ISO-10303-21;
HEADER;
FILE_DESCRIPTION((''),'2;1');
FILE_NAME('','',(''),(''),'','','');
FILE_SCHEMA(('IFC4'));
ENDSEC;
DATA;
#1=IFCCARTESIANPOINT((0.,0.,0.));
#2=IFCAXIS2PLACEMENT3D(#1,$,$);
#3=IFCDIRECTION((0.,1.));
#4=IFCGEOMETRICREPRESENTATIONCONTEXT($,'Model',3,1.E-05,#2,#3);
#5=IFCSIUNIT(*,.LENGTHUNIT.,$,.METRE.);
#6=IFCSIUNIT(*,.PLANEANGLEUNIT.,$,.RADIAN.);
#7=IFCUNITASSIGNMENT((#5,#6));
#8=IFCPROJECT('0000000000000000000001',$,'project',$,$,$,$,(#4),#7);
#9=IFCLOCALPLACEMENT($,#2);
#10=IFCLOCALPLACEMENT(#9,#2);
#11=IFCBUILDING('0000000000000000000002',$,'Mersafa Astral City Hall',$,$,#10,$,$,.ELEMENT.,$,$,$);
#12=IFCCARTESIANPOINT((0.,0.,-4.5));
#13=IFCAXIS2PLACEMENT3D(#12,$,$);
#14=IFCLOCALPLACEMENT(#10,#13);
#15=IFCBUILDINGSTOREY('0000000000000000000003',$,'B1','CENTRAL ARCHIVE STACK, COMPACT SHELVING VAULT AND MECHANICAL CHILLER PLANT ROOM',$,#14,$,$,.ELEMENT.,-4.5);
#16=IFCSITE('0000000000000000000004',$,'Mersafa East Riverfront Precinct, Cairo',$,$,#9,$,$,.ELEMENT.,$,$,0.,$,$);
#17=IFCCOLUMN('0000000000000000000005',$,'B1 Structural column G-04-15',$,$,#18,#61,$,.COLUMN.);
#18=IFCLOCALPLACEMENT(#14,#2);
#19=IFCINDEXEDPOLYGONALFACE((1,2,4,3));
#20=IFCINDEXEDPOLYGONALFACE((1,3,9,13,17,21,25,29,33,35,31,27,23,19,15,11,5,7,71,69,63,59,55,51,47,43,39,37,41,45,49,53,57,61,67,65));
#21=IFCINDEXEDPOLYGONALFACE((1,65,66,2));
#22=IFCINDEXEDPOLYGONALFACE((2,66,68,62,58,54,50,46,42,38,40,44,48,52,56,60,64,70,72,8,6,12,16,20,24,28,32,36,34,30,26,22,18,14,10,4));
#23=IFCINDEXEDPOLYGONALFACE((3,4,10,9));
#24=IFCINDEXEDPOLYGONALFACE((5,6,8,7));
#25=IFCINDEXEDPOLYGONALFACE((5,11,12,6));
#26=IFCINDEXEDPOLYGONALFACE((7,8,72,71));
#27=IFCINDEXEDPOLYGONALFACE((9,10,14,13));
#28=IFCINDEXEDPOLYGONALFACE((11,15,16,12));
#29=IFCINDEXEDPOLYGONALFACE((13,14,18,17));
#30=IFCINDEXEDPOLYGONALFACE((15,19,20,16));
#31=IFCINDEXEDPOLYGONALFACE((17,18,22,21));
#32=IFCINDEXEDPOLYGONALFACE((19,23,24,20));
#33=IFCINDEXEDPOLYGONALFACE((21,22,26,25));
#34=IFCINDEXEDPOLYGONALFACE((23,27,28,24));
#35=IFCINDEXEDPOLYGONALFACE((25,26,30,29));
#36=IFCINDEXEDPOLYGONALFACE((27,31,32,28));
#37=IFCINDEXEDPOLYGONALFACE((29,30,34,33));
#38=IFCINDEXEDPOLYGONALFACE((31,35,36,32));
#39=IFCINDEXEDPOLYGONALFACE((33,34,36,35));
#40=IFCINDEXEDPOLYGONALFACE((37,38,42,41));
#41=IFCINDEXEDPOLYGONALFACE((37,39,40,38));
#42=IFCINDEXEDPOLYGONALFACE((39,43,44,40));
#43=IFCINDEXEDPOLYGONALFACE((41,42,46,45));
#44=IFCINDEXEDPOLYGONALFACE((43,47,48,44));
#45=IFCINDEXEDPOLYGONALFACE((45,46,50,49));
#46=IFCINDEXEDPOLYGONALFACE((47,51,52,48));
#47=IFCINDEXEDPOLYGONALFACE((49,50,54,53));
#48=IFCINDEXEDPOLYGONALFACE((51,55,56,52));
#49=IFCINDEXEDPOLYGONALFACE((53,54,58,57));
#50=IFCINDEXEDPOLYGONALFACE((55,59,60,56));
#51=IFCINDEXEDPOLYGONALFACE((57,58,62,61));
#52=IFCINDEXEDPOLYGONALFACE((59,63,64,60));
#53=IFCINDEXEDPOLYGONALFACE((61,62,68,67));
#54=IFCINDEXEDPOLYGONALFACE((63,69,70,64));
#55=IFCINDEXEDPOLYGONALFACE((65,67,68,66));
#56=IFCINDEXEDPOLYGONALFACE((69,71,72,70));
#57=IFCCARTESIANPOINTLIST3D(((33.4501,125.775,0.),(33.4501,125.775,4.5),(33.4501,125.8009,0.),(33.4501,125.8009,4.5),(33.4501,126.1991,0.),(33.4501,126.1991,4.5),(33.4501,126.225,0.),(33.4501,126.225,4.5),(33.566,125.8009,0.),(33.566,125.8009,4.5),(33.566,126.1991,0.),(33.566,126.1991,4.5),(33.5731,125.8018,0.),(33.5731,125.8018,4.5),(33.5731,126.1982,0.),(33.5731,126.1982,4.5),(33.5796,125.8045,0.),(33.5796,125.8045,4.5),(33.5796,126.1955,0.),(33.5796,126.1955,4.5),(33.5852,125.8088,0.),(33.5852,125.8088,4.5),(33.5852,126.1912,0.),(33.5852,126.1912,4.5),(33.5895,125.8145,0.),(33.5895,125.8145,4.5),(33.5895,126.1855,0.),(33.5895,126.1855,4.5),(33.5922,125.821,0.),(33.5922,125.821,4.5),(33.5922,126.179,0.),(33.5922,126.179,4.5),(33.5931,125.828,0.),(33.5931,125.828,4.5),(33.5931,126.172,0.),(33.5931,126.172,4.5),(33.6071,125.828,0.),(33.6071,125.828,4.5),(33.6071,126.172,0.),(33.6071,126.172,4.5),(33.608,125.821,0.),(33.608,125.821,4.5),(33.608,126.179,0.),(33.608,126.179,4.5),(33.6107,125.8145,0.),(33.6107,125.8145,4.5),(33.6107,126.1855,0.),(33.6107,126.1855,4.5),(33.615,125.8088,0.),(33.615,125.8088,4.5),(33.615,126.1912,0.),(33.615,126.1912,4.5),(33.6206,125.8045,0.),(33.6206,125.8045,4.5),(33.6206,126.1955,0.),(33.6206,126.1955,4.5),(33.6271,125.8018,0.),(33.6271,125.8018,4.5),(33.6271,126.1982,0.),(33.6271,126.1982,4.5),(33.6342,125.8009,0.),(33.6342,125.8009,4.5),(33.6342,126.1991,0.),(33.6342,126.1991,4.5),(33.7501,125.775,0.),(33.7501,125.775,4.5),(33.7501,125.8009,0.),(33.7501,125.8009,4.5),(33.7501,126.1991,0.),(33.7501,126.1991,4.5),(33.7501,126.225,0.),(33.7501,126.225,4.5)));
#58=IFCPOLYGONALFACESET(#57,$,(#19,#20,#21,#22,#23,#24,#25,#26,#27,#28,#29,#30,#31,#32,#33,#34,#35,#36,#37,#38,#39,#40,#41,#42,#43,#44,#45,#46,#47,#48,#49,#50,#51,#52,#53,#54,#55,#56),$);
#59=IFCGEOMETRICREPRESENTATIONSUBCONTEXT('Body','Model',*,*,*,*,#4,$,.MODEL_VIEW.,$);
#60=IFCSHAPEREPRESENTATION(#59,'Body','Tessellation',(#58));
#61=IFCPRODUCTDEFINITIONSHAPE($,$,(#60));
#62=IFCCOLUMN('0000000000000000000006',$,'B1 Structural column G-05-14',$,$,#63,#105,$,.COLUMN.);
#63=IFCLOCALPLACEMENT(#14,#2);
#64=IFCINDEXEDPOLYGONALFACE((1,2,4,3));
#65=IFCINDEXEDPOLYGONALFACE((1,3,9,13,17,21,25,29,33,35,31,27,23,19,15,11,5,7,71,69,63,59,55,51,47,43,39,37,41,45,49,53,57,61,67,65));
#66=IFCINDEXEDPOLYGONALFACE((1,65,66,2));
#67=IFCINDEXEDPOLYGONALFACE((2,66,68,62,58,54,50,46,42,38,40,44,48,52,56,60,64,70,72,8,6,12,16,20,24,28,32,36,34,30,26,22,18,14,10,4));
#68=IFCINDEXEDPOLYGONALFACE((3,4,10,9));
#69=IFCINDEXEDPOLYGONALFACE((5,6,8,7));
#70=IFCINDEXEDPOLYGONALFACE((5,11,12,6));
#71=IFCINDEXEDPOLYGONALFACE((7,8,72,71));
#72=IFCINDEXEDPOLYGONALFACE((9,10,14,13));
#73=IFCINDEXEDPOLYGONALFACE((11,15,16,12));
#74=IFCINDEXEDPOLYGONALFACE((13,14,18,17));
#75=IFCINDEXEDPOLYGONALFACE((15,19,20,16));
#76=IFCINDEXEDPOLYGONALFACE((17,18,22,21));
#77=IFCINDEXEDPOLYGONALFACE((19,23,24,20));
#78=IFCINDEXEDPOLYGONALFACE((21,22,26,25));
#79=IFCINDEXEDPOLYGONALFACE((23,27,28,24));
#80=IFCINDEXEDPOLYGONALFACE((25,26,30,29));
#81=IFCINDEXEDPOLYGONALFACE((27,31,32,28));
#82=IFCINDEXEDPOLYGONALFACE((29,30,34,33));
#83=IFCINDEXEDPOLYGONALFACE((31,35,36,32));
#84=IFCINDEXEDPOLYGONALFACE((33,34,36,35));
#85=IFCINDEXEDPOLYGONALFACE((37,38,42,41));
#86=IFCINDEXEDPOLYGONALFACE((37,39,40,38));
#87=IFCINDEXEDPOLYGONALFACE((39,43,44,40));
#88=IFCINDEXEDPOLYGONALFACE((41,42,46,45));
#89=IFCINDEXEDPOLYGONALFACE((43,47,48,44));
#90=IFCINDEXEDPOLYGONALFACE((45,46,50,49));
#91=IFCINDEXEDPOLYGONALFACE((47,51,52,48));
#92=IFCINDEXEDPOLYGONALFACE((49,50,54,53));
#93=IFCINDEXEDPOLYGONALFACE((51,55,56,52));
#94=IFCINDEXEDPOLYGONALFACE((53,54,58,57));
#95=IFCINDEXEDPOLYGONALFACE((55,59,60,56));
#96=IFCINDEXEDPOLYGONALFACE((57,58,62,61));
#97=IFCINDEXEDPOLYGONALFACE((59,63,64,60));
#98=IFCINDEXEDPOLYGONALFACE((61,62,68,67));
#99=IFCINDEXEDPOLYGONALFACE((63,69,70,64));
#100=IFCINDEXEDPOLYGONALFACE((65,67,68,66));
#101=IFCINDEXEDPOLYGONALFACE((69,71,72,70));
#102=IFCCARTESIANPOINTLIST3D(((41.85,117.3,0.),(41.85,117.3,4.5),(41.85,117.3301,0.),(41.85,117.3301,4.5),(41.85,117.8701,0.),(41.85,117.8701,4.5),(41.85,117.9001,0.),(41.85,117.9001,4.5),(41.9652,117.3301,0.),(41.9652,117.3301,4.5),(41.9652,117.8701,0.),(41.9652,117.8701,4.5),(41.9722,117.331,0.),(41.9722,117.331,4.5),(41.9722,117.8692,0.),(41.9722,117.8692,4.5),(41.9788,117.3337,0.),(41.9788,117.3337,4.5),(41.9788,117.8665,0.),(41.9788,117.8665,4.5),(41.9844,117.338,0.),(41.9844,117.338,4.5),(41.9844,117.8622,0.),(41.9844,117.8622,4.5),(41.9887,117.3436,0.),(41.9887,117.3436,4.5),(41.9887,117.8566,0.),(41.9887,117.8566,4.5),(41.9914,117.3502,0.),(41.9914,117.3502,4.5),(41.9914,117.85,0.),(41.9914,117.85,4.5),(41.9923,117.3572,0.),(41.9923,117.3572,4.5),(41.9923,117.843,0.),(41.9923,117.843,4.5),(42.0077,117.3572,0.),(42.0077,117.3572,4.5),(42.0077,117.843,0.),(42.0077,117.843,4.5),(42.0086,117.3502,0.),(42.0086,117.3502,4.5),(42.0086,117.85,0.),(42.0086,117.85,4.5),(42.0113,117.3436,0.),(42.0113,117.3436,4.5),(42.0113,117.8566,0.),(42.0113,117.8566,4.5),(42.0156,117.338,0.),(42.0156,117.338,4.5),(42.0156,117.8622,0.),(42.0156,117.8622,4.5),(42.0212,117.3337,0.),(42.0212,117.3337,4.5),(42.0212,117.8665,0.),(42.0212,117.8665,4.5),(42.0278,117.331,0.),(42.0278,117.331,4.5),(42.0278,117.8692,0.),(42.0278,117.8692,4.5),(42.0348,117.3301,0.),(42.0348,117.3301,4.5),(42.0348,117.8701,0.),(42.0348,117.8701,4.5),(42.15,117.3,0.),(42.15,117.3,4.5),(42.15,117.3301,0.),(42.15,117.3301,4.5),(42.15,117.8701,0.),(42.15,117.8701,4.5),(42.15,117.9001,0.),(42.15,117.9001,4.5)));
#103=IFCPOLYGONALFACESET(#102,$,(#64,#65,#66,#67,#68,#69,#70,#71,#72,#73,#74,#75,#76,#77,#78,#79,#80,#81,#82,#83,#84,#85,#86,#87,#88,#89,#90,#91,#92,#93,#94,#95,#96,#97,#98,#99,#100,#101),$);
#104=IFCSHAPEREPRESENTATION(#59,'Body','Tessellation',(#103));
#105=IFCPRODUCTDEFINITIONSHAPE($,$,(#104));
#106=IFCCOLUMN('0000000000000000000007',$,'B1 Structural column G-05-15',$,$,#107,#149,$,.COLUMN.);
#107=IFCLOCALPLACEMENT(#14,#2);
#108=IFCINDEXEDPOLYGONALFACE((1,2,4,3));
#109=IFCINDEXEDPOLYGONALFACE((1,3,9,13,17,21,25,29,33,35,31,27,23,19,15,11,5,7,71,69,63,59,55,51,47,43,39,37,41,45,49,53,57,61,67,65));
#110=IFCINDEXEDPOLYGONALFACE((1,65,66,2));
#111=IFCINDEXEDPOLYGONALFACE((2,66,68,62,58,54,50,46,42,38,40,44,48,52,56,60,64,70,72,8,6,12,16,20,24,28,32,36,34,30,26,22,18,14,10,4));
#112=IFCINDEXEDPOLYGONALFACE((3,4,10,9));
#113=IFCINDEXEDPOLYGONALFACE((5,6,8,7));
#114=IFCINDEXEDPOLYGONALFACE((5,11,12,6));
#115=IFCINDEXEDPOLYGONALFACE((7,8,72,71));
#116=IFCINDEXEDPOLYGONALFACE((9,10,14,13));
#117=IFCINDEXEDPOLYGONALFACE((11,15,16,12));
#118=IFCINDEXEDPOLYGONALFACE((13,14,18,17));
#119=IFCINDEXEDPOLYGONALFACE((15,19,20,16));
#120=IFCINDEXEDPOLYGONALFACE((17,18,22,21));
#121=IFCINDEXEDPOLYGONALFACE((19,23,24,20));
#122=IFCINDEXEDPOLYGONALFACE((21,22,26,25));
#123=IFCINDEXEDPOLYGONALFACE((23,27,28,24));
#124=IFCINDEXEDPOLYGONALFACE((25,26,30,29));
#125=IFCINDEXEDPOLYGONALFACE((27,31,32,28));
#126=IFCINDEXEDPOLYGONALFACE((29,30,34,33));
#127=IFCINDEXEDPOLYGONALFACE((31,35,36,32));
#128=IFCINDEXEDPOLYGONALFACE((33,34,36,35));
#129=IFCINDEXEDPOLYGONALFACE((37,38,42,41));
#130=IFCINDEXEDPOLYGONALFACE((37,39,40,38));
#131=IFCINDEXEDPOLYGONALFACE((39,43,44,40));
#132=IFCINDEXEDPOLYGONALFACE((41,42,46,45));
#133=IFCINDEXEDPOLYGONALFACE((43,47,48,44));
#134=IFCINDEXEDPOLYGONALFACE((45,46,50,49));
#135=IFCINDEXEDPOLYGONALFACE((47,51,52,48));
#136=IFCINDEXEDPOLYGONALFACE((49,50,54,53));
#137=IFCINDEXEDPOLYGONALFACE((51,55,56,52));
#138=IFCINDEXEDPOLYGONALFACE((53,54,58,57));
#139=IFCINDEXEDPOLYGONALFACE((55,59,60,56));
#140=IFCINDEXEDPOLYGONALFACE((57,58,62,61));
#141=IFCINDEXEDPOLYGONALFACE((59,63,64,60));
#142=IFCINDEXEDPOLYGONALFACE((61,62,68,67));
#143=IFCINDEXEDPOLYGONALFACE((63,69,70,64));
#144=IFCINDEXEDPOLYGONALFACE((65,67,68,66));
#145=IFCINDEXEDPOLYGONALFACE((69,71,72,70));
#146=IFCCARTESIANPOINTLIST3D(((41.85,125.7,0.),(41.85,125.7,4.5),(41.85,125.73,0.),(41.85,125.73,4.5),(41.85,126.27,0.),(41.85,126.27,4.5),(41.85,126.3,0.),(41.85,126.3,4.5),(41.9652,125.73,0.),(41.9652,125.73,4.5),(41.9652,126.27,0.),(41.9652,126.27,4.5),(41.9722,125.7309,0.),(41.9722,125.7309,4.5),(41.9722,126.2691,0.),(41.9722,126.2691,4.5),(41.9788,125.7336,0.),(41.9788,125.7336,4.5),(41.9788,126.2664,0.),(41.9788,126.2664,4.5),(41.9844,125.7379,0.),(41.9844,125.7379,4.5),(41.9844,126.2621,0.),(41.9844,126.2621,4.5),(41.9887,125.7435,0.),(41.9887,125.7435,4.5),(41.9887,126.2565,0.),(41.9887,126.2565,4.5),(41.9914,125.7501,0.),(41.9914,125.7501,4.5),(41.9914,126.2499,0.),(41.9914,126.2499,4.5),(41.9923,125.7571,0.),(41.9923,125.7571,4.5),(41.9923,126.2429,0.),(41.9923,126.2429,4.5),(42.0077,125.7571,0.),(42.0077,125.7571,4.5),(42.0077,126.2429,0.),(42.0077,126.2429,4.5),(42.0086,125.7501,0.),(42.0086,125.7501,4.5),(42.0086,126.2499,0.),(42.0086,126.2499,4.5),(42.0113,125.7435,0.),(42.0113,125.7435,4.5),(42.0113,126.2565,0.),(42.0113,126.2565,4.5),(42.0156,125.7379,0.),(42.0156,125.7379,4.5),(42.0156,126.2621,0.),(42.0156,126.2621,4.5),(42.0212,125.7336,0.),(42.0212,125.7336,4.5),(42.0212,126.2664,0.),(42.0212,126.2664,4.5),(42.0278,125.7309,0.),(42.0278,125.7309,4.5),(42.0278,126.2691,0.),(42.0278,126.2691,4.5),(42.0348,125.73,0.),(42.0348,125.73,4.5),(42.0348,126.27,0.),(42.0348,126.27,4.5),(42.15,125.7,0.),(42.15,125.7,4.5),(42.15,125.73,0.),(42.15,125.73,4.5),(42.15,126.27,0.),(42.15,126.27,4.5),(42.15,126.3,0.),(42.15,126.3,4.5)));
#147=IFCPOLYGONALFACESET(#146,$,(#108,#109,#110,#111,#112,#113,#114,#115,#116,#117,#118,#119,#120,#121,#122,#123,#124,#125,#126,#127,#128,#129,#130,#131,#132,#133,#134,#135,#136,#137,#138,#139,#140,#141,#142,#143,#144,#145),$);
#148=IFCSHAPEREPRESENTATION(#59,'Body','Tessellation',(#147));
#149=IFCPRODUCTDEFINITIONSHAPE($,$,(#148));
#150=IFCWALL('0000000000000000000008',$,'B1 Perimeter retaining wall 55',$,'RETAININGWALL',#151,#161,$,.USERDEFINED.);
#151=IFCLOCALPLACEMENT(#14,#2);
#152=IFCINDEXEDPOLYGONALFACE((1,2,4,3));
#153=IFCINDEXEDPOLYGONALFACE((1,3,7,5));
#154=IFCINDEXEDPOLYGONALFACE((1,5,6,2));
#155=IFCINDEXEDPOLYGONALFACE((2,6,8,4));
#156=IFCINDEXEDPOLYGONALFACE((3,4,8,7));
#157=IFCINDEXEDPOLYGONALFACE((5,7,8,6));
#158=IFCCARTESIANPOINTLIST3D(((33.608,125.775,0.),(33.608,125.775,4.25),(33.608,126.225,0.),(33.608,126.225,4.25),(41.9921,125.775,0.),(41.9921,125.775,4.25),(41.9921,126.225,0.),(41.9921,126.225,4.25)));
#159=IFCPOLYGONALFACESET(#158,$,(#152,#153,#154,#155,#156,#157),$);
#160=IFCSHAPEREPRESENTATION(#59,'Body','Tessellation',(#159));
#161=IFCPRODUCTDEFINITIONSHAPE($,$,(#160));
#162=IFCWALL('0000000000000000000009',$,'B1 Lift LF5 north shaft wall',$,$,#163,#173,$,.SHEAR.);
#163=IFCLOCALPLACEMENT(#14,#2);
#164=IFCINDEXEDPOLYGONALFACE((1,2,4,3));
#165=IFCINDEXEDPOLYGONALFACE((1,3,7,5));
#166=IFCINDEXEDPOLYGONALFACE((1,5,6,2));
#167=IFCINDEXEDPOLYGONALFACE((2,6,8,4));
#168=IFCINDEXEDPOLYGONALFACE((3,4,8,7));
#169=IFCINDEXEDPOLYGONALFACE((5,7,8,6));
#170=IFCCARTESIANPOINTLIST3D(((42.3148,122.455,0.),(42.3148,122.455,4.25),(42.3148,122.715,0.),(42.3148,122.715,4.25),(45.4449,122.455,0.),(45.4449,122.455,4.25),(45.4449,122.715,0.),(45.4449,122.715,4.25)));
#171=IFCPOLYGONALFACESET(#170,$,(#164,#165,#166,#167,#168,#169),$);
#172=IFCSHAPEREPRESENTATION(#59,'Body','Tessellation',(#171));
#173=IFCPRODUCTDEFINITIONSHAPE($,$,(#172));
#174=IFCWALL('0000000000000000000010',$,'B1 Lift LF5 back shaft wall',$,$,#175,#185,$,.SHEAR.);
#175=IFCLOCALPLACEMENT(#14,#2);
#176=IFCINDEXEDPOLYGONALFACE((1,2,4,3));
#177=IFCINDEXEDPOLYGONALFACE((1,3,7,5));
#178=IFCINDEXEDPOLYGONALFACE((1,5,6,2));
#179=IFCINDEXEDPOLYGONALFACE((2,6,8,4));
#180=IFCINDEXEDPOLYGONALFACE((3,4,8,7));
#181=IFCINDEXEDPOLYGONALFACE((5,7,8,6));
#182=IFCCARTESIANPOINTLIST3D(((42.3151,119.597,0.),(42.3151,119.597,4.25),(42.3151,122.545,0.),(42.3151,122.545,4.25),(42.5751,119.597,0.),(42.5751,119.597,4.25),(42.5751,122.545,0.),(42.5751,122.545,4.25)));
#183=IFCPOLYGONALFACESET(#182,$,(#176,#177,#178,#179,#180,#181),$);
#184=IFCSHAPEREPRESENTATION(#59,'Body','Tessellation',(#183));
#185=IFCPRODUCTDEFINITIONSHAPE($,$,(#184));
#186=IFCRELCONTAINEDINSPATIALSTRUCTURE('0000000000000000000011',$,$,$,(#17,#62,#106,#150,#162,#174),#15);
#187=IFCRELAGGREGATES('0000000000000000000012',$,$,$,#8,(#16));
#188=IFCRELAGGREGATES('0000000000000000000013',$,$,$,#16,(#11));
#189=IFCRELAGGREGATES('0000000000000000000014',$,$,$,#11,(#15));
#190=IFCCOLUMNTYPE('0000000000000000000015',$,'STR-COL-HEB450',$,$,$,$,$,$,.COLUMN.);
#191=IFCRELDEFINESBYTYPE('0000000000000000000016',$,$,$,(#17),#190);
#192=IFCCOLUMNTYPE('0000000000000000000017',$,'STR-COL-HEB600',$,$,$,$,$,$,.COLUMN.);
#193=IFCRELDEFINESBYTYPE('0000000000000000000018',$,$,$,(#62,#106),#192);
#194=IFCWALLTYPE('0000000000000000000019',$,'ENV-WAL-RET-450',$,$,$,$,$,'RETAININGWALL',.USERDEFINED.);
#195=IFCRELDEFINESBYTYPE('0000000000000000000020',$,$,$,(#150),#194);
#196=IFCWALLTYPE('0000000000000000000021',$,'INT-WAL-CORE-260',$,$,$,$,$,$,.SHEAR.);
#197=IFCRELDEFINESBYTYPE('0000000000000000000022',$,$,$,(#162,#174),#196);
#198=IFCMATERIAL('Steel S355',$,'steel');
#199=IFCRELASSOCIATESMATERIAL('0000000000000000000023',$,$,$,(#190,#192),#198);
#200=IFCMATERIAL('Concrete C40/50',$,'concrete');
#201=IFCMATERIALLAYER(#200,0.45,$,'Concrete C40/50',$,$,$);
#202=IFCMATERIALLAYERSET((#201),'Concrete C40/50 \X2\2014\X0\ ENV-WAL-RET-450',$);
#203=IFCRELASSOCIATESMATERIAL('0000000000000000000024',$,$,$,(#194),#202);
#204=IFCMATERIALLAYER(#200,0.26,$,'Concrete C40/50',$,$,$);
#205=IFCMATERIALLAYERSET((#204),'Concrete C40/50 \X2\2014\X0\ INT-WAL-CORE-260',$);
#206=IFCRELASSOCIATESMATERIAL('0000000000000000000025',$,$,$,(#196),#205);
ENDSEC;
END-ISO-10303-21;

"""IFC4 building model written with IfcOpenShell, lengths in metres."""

from ifc_helpers import new_model, si_unit, direction, frame, frame_2d, origin, origin_2d, place, context, subcontext, project, spatial, rectangle, i_section, extrude, material, layer, layer_set, material_profile, profile_set, type_object, element, save


model = new_model("IFC4")

# Units and contexts
model_context = context("Model", 3, precision=1e-05, world=origin(), true_north=direction((0.0, 1.0)))
body_context = subcontext(model_context, "Body", "Model", "MODEL_VIEW")
ifc_project = project(units=[si_unit("LENGTHUNIT", "METRE"), si_unit("PLANEANGLEUNIT", "RADIAN")], contexts=[model_context])

# Site, building, storey
site_placement = place(None, origin())
site = spatial("IfcSite", under=ifc_project, at=site_placement, Name="Mersafa East Riverfront Precinct, Cairo", CompositionType="ELEMENT", RefElevation=0.0)
building_placement = place(site_placement, origin())
building = spatial("IfcBuilding", under=site, at=building_placement, Name="Mersafa Astral City Hall", CompositionType="ELEMENT")
storey_placement = place(building_placement, frame((0.0, 0.0, -4.5)))
storey = spatial("IfcBuildingStorey", under=building, at=storey_placement, Name="B1", Description="CENTRAL ARCHIVE STACK, COMPACT SHELVING VAULT AND MECHANICAL CHILLER PLANT ROOM", CompositionType="ELEMENT", Elevation=-4.5)

# Shared definitions
ifc_material_1 = material(Name="Concrete C40/50", Category="concrete")

# Columns
ifc_material_2 = material(Name="Steel S355", Category="steel")
ifc_material_profile_1 = material_profile(ifc_material_2, i_section(OverallWidth=0.3, OverallDepth=0.45, WebThickness=0.0139, FlangeThickness=0.0259, FilletRadius=0.0271, at=origin_2d()), Name="HEB 450")
ifc_profile_set_1 = profile_set([ifc_material_profile_1], Name="Steel S355")
column_type_1 = type_object("IfcColumnType", Name="STR-COL-HEB450", PredefinedType="COLUMN", material=ifc_profile_set_1)
for number, where, z_axis, x_axis, name in (
    (1, (33.6001, 126.0, 0.0), (0.0, 0.0, 1.0), (1.0, 0.0, 0.0), "B1 Structural column G-04-15"),
):
    element("IfcColumn", number, at=place(storey_placement, frame(where, z_axis=z_axis, x_axis=x_axis)), inside=storey, type_object=column_type_1, Name=name, PredefinedType="COLUMN", context=body_context, shape_type="SweptSolid", body=[
        extrude(i_section(OverallWidth=0.3, OverallDepth=0.45, WebThickness=0.0139, FlangeThickness=0.0259, FilletRadius=0.0271, at=origin_2d()), origin(), (0.0, 0.0, 1.0), 4.5),
    ])
ifc_material_profile_2 = material_profile(ifc_material_2, i_section(OverallWidth=0.3, OverallDepth=0.6001, WebThickness=0.0154, FlangeThickness=0.03, FilletRadius=0.0271, at=origin_2d()), Name="HEB 600")
ifc_profile_set_2 = profile_set([ifc_material_profile_2], Name="Steel S355")
column_type_2 = type_object("IfcColumnType", Name="STR-COL-HEB600", PredefinedType="COLUMN", material=ifc_profile_set_2)
for number, where, z_axis, x_axis, name in (
    (2, (42.0, 117.6001, 0.0), (0.0, 0.0, 1.0), (1.0, 0.0, 0.0), "B1 Structural column G-05-14"),
    (3, (42.0, 126.0, 0.0), (0.0, 0.0, 1.0), (1.0, 0.0, 0.0), "B1 Structural column G-05-15"),
):
    element("IfcColumn", number, at=place(storey_placement, frame(where, z_axis=z_axis, x_axis=x_axis)), inside=storey, type_object=column_type_2, Name=name, PredefinedType="COLUMN", context=body_context, shape_type="SweptSolid", body=[
        extrude(i_section(OverallWidth=0.3, OverallDepth=0.6001, WebThickness=0.0154, FlangeThickness=0.03, FilletRadius=0.0271, at=origin_2d()), origin(), (0.0, 0.0, 1.0), 4.5),
    ])

# Walls
ifc_layer_1 = layer(ifc_material_1, 0.45, Name="Concrete C40/50")
ifc_layer_set_1 = layer_set([ifc_layer_1], Name="Concrete C40/50 — ENV-WAL-RET-450")
wall_type_1 = type_object("IfcWallType", Name="ENV-WAL-RET-450", ElementType="RETAININGWALL", PredefinedType="USERDEFINED", material=ifc_layer_set_1)
wall_1_placement = place(storey_placement, frame((41.9919, 126.0, 0.0), z_axis=(0.0, 0.0, 1.0), x_axis=(-1.0, 0.0, 0.0)))
element("IfcWall", 4, at=wall_1_placement, inside=storey, type_object=wall_type_1, Name="B1 Perimeter retaining wall 55", ObjectType="RETAININGWALL", PredefinedType="USERDEFINED", context=body_context, shape_type="SweptSolid", body=[
    extrude(rectangle(XDim=8.384, YDim=0.45, at=frame_2d((4.1919, 0.0))), origin(), (0.0, 0.0, 1.0), 4.25),
])
ifc_layer_2 = layer(ifc_material_1, 0.26, Name="Concrete C40/50")
ifc_layer_set_2 = layer_set([ifc_layer_2], Name="Concrete C40/50 — INT-WAL-CORE-260")
wall_type_2 = type_object("IfcWallType", Name="INT-WAL-CORE-260", PredefinedType="SHEAR", material=ifc_layer_set_2)
wall_2_placement = place(storey_placement, frame((42.3149, 122.585, 0.0), z_axis=(0.0, 0.0, 1.0), x_axis=(1.0, 0.0, 0.0)))
element("IfcWall", 5, at=wall_2_placement, inside=storey, type_object=wall_type_2, Name="B1 Lift LF5 north shaft wall", PredefinedType="SHEAR", context=body_context, shape_type="SweptSolid", body=[
    extrude(rectangle(XDim=3.1301, YDim=0.26, at=frame_2d((1.5649, 0.0))), origin(), (0.0, 0.0, 1.0), 4.25),
])
wall_3_placement = place(storey_placement, frame((42.4451, 119.5969, 0.0), z_axis=(0.0, 0.0, 1.0), x_axis=(0.0, 1.0, 0.0)))
element("IfcWall", 6, at=wall_3_placement, inside=storey, type_object=wall_type_2, Name="B1 Lift LF5 back shaft wall", PredefinedType="SHEAR", context=body_context, shape_type="SweptSolid", body=[
    extrude(rectangle(XDim=2.948, YDim=0.26, at=frame_2d((1.4741, 0.0))), origin(), (0.0, 0.0, 1.0), 4.25),
])

save(model, "model.ifc")
